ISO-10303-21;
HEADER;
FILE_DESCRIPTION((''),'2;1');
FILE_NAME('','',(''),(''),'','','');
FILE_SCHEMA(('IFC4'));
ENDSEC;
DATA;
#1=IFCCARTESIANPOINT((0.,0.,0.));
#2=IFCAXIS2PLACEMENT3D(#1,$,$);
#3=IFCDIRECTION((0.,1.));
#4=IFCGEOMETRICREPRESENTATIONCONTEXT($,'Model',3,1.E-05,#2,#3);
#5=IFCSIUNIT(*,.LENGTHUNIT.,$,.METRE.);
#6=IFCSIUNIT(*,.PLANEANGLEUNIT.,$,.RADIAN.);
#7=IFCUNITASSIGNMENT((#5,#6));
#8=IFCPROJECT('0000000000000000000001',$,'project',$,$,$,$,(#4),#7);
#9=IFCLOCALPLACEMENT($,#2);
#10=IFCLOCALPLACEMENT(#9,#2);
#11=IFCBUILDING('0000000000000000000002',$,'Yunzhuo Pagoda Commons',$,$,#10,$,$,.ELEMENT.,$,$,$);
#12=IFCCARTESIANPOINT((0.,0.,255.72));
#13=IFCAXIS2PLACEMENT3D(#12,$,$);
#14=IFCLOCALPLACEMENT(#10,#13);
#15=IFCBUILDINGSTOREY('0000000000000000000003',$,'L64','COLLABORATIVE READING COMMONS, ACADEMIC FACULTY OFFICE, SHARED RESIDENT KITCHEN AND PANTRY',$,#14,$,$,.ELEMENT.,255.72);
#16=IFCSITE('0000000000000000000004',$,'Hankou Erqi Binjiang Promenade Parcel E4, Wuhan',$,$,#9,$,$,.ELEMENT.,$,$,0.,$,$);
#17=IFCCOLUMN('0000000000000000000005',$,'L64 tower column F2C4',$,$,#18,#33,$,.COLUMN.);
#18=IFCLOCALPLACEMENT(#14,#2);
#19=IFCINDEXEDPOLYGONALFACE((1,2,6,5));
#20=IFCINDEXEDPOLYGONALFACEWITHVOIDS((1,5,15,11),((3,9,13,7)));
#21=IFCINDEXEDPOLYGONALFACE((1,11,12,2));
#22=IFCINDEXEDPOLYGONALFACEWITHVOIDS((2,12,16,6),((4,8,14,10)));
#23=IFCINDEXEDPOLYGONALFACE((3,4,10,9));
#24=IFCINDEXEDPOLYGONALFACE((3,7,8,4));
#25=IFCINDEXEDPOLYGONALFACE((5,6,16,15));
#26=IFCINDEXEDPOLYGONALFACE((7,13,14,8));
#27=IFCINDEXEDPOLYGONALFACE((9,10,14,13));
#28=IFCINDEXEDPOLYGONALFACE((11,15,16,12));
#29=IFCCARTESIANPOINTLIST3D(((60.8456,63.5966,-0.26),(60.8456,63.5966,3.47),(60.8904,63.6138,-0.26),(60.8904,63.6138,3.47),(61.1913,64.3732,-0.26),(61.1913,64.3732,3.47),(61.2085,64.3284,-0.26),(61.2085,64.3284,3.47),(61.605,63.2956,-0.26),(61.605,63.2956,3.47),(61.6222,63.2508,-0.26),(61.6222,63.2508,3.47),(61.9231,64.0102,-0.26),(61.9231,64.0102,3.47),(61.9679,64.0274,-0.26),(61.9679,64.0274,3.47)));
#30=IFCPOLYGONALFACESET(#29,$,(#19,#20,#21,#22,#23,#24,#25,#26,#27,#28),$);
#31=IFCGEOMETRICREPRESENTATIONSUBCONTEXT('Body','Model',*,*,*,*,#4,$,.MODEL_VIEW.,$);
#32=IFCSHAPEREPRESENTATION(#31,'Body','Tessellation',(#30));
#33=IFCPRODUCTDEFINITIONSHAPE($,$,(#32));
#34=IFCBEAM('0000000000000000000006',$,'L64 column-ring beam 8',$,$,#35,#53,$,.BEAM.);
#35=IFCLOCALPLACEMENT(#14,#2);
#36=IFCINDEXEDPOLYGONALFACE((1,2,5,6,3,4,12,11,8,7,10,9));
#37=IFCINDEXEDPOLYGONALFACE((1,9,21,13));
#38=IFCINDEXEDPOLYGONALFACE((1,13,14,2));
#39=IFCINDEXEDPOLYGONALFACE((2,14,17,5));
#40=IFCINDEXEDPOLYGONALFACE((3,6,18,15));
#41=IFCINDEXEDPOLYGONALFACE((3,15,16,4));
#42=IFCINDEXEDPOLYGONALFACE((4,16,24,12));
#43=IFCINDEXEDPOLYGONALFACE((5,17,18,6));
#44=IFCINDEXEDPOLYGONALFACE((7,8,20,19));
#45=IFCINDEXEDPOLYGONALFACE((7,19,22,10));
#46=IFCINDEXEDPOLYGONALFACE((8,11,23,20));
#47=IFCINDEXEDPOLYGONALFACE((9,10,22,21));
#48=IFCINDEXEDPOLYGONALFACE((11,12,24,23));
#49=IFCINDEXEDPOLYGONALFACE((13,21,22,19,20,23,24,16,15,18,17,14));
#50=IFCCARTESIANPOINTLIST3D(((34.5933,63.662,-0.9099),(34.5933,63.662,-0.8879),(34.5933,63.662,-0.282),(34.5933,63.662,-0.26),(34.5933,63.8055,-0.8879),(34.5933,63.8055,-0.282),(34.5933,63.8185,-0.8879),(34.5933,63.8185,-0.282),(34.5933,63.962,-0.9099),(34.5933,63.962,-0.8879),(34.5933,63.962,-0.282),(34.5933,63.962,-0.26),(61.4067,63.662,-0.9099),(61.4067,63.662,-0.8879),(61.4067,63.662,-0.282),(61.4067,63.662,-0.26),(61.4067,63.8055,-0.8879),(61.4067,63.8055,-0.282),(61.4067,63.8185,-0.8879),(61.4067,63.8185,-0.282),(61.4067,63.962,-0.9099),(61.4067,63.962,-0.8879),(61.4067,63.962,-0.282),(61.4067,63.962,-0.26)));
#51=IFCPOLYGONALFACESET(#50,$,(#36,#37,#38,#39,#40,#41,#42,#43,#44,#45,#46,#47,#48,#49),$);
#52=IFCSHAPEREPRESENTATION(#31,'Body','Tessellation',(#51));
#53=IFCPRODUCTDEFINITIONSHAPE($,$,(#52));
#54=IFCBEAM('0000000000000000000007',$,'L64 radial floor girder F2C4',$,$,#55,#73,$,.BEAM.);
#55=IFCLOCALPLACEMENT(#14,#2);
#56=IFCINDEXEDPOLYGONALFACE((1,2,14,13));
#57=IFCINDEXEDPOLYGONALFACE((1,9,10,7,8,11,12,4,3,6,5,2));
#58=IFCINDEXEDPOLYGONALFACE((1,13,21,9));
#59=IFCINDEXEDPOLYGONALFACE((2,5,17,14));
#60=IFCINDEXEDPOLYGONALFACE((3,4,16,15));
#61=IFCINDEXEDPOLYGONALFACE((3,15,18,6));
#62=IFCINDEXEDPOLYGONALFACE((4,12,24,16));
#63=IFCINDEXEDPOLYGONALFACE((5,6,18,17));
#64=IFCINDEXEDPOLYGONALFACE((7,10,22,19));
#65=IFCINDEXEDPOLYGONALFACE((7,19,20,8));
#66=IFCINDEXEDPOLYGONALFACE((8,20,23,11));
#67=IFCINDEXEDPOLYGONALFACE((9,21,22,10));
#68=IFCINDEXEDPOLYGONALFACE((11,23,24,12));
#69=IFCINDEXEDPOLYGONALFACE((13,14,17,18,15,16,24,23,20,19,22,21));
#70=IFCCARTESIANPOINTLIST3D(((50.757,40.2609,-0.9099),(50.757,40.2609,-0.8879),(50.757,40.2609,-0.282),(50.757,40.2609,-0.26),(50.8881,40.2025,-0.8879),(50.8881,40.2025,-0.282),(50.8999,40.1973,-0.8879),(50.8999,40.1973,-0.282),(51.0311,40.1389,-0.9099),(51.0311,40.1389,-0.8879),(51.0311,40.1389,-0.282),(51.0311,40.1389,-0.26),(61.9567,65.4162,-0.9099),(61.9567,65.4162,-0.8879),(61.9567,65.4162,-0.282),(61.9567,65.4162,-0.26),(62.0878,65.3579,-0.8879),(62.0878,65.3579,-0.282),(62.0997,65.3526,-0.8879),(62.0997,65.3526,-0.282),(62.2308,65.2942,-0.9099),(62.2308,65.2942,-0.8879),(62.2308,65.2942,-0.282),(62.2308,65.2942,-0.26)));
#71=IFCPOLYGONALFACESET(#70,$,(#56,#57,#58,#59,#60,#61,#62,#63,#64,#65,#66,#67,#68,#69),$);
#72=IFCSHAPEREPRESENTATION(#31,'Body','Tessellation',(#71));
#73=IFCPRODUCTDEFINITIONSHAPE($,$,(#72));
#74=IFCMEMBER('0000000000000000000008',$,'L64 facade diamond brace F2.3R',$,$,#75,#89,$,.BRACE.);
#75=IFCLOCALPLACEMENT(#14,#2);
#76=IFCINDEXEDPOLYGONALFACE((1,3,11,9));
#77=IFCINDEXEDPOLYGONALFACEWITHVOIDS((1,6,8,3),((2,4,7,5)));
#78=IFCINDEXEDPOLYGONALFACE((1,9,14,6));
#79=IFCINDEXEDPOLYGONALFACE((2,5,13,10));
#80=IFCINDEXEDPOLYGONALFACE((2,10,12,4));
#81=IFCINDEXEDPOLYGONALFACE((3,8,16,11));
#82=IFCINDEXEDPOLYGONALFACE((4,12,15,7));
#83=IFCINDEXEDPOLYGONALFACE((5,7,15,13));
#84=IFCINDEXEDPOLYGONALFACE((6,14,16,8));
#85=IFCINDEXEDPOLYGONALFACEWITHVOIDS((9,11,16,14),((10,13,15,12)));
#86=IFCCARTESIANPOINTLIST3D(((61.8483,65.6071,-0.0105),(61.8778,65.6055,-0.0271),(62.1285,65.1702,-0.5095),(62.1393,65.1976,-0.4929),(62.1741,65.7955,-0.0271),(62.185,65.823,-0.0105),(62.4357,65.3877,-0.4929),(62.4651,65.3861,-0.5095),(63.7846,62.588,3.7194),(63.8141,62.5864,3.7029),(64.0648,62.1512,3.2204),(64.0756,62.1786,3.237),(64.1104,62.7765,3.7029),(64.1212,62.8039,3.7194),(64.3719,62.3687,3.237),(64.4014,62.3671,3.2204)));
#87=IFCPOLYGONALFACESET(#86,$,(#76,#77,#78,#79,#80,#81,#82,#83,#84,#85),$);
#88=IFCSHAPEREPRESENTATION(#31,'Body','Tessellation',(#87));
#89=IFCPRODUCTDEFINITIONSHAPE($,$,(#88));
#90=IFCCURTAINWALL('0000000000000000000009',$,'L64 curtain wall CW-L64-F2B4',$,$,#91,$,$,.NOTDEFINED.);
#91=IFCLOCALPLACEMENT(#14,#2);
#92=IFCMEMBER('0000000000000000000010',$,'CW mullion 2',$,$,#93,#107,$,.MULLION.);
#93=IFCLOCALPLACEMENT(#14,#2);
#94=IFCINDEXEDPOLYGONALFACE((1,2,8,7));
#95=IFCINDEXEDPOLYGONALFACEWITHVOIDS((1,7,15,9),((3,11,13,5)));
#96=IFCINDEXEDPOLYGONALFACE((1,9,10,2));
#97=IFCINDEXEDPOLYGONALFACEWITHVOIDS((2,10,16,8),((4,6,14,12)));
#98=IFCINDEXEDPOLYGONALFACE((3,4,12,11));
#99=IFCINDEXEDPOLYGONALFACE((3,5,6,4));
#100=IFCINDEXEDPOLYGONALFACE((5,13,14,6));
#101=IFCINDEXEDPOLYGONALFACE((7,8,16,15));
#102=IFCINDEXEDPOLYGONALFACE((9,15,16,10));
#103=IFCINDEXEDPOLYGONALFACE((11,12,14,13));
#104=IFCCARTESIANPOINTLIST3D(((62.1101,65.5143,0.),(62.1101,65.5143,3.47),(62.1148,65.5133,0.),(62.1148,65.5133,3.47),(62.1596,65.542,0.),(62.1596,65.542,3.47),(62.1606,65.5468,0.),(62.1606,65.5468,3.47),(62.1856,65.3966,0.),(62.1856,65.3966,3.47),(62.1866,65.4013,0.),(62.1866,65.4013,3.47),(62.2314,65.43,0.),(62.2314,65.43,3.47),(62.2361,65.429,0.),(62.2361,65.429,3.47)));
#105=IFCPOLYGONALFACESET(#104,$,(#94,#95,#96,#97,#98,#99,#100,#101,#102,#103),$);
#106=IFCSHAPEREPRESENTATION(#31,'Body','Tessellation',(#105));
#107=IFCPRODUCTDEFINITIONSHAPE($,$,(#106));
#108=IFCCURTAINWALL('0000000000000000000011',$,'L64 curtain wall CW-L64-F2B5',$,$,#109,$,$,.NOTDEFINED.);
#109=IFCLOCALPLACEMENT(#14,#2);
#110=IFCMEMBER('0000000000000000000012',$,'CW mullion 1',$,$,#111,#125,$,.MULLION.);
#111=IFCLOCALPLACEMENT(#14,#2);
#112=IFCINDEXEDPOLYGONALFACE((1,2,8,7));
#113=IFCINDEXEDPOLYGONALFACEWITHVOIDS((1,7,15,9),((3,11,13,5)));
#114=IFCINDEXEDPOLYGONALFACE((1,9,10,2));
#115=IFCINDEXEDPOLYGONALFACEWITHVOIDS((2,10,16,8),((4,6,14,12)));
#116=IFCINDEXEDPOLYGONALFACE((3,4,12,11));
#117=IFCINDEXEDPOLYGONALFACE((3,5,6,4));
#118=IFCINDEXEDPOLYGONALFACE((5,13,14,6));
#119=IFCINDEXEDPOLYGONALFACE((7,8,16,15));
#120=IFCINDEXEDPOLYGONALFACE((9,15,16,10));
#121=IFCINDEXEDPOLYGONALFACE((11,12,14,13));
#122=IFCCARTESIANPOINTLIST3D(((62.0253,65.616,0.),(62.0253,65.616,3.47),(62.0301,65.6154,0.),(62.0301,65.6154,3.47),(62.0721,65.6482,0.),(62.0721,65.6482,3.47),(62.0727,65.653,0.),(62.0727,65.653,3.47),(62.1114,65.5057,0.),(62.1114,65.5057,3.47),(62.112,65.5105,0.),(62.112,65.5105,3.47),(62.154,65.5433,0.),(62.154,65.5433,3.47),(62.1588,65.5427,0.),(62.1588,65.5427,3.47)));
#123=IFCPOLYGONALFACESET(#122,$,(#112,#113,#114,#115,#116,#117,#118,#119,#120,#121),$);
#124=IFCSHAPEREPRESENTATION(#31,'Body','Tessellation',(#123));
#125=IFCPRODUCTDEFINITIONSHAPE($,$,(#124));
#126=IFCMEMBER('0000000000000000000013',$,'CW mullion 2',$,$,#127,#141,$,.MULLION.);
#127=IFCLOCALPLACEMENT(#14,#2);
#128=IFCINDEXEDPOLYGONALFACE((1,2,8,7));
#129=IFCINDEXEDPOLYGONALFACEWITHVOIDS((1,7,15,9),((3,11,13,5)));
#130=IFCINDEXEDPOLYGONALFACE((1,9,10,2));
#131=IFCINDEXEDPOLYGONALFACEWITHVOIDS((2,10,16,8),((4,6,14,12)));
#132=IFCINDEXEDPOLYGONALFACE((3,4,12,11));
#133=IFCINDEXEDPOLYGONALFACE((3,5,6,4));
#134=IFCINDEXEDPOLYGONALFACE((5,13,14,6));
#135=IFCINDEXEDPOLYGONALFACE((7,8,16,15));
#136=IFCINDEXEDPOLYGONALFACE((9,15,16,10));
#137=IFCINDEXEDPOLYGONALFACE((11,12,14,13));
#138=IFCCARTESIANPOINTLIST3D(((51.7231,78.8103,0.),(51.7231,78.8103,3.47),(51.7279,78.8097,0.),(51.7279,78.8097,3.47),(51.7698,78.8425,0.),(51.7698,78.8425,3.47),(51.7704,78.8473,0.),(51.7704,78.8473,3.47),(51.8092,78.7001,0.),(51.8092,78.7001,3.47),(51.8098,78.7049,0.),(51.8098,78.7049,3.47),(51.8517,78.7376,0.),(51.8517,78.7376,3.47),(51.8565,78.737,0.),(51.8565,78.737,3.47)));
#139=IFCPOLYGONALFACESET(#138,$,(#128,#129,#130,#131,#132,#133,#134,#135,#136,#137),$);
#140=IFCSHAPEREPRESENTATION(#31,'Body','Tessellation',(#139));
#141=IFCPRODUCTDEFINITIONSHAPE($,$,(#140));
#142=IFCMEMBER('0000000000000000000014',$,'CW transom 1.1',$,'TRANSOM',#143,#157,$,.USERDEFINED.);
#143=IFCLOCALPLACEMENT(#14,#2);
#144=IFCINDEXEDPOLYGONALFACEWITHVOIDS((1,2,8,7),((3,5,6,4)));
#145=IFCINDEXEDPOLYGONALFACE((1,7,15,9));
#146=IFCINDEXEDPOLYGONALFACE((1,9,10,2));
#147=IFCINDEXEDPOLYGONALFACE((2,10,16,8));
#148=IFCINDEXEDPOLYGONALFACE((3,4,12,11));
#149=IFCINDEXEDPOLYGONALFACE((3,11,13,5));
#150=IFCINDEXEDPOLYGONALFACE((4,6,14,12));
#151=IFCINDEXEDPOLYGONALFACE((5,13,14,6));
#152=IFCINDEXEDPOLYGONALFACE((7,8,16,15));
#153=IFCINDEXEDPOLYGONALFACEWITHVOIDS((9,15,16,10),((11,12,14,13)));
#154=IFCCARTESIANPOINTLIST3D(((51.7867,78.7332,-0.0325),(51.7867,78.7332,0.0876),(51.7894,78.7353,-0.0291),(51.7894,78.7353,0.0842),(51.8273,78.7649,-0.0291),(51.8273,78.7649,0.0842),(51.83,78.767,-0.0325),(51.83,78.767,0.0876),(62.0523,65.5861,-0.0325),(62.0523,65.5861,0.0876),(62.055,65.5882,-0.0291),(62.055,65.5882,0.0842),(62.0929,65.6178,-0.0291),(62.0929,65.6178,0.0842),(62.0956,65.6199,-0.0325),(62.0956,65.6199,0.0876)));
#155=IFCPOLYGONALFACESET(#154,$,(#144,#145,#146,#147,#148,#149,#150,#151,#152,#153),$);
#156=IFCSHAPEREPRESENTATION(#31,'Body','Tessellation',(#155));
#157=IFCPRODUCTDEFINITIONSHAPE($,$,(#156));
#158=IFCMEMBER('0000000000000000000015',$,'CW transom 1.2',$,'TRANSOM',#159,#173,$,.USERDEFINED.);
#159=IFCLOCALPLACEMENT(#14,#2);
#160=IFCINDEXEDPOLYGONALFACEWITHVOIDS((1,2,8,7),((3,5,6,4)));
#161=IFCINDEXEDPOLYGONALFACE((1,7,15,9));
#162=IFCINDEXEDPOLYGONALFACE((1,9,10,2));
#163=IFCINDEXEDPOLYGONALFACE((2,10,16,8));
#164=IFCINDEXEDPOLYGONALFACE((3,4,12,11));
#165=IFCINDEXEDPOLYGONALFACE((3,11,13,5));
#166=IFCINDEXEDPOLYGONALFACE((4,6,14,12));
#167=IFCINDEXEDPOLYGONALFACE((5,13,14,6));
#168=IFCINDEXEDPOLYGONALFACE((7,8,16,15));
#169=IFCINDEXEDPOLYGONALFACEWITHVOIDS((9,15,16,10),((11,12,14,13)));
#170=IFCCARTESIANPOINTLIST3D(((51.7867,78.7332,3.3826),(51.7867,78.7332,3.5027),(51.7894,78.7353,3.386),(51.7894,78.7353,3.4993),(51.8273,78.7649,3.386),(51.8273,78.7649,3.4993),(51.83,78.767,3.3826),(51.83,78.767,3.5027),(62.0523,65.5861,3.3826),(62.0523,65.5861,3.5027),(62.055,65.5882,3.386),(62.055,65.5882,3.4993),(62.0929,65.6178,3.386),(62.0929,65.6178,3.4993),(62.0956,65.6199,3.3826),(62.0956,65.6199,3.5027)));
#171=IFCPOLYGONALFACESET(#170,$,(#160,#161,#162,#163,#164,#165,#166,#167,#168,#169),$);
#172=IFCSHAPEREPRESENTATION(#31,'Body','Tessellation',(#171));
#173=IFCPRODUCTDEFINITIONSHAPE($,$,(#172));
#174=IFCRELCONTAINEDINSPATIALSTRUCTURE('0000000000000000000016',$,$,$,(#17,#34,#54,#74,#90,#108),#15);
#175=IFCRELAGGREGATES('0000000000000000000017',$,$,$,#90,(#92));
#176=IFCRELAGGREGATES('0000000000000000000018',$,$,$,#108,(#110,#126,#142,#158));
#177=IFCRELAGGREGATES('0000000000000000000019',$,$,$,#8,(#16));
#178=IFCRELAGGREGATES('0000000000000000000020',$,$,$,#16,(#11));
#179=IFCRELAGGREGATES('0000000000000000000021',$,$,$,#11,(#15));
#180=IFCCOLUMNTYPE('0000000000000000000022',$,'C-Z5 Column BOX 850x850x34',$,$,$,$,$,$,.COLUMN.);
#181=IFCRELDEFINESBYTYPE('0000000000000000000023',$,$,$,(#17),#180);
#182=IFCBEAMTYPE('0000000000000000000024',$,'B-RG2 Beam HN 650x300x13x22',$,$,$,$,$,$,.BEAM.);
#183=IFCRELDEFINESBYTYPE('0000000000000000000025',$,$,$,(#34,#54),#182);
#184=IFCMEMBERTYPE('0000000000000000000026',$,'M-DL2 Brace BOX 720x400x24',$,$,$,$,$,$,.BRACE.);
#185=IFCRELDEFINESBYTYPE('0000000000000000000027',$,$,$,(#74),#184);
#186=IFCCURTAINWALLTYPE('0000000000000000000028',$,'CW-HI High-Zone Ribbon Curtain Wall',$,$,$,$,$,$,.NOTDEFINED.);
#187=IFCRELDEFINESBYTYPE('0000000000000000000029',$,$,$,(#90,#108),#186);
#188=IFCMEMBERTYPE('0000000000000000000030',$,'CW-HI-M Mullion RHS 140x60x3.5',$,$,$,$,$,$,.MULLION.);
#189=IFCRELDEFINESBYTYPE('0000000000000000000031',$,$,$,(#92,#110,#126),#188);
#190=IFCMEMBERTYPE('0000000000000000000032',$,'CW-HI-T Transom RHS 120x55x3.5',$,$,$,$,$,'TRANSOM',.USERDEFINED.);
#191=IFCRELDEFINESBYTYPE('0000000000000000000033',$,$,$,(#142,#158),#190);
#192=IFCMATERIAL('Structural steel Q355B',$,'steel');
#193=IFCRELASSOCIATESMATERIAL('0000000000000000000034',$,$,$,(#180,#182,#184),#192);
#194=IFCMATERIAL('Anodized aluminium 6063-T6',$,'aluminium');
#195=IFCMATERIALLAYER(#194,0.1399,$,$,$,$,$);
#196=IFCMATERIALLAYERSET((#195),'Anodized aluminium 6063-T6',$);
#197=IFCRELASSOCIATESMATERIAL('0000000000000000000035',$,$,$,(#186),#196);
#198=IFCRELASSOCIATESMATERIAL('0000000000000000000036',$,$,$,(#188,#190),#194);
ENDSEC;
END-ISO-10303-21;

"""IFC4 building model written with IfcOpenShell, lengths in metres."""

from ifc_helpers import new_model, si_unit, direction, frame, origin, origin_2d, place, context, subcontext, project, spatial, hollow_rectangle, i_section, extrude, source, transform, mapped, material, layer, layer_set, material_profile, profile_set, type_object, element, aggregate, save


model = new_model("IFC4")

# Units and contexts
model_context = context("Model", 3, precision=1e-05, world=origin(), true_north=direction((0.0, 1.0)))
body_context = subcontext(model_context, "Body", "Model", "MODEL_VIEW")
ifc_project = project(units=[si_unit("LENGTHUNIT", "METRE"), si_unit("PLANEANGLEUNIT", "RADIAN")], contexts=[model_context])

# Site, building, storey
site_placement = place(None, origin())
site = spatial("IfcSite", under=ifc_project, at=site_placement, Name="Hankou Erqi Binjiang Promenade Parcel E4, Wuhan", CompositionType="ELEMENT", RefElevation=0.0)
building_placement = place(site_placement, origin())
building = spatial("IfcBuilding", under=site, at=building_placement, Name="Yunzhuo Pagoda Commons", CompositionType="ELEMENT")
storey_placement = place(building_placement, frame((0.0, 0.0, 255.72)))
storey = spatial("IfcBuildingStorey", under=building, at=storey_placement, Name="L64", Description="COLLABORATIVE READING COMMONS, ACADEMIC FACULTY OFFICE, SHARED RESIDENT KITCHEN AND PANTRY", CompositionType="ELEMENT", Elevation=255.72)

# Column
ifc_material_1 = material(Name="Structural steel Q355B", Category="steel")
ifc_material_profile_1 = material_profile(ifc_material_1, hollow_rectangle(XDim=0.8501, YDim=0.8501, WallThickness=0.0339, at=origin_2d()), Name="Structural steel Q355B")
ifc_profile_set_1 = profile_set([ifc_material_profile_1], Name="Structural steel Q355B")
column_type = type_object("IfcColumnType", Name="C-Z5 Column BOX 850x850x34", PredefinedType="COLUMN", material=ifc_profile_set_1)
shared_shape_1 = source(origin(), body_context, "Body", "SweptSolid", [
    extrude(hollow_rectangle(XDim=0.8501, YDim=0.8501, WallThickness=0.0339, at=origin_2d()), origin(), (0.0, 0.0, 1.0), 3.73),
])
column_placement = place(storey_placement, frame((61.4067, 63.812, -0.26), z_axis=(0.0, 0.0, 1.0), x_axis=(-0.913545, 0.406737, 0.0)))
element("IfcColumn", 1, at=column_placement, inside=storey, type_object=column_type, Name="L64 tower column F2C4", PredefinedType="COLUMN", context=body_context, shape_type="MappedRepresentation", body=[
    mapped(shared_shape_1, transform((0.0, 0.0, 0.0), scale=1.0)),
])

# Beams
ifc_material_profile_2 = material_profile(ifc_material_1, i_section(OverallWidth=0.3, OverallDepth=0.6499, WebThickness=0.0129, FlangeThickness=0.022, at=origin_2d()), Name="Structural steel Q355B")
ifc_profile_set_2 = profile_set([ifc_material_profile_2], Name="Structural steel Q355B")
beam_type = type_object("IfcBeamType", Name="B-RG2 Beam HN 650x300x13x22", PredefinedType="BEAM", material=ifc_profile_set_2)
shared_shape_2 = source(origin(), body_context, "Body", "SweptSolid", [
    extrude(i_section(OverallWidth=0.3, OverallDepth=0.6499, WebThickness=0.0129, FlangeThickness=0.022, at=origin_2d()), origin(), (0.0, 0.0, 1.0), 26.8135),
])
beam_1_placement = place(storey_placement, frame((61.4067, 63.812, -0.585), z_axis=(-1.0, 0.0, 0.0), x_axis=(0.0, -1.0, 0.0)))
element("IfcBeam", 2, at=beam_1_placement, inside=storey, type_object=beam_type, Name="L64 column-ring beam 8", PredefinedType="BEAM", context=body_context, shape_type="MappedRepresentation", body=[
    mapped(shared_shape_2, transform((0.0, 0.0, 0.0), scale=1.0)),
])
shared_shape_3 = source(origin(), body_context, "Body", "SweptSolid", [
    extrude(i_section(OverallWidth=0.3, OverallDepth=0.6499, WebThickness=0.0129, FlangeThickness=0.022, at=origin_2d()), origin(), (0.0, 0.0, 1.0), 27.5359),
])
beam_2_placement = place(storey_placement, frame((62.0938, 65.3552, -0.585), z_axis=(-0.406732, -0.913547, 0.0), x_axis=(0.913547, -0.406732, 0.0)))
element("IfcBeam", 3, at=beam_2_placement, inside=storey, type_object=beam_type, Name="L64 radial floor girder F2C4", PredefinedType="BEAM", context=body_context, shape_type="MappedRepresentation", body=[
    mapped(shared_shape_3, transform((0.0, 0.0, 0.0), scale=1.0)),
])

# Member
ifc_material_profile_3 = material_profile(ifc_material_1, hollow_rectangle(XDim=0.3999, YDim=0.72, WallThickness=0.0239, at=origin_2d()), Name="Structural steel Q355B")
ifc_profile_set_3 = profile_set([ifc_material_profile_3], Name="Structural steel Q355B")
member_type_1 = type_object("IfcMemberType", Name="M-DL2 Brace BOX 720x400x24", PredefinedType="BRACE", material=ifc_profile_set_3)
shared_shape_4 = source(origin(), body_context, "Body", "SweptSolid", [
    extrude(hollow_rectangle(XDim=0.3999, YDim=0.72, WallThickness=0.0239, at=origin_2d()), origin(), (0.0, 0.0, 1.0), 5.1746),
])
member_1_placement = place(storey_placement, frame((62.1567, 65.4966, -0.26), z_axis=(0.374189, -0.583434, 0.720824), x_axis=(0.841753, 0.539863, 0.0)))
element("IfcMember", 4, at=member_1_placement, inside=storey, type_object=member_type_1, Name="L64 facade diamond brace F2.3R", PredefinedType="BRACE", context=body_context, shape_type="MappedRepresentation", body=[
    mapped(shared_shape_4, transform((0.0, 0.0, 0.0), scale=1.0)),
])

# Curtain wall, member
ifc_material_2 = material(Name="Anodized aluminium 6063-T6", Category="aluminium")
ifc_layer_1 = layer(ifc_material_2, 0.1399)
ifc_layer_set_1 = layer_set([ifc_layer_1], Name="Anodized aluminium 6063-T6")
curtain_wall_type = type_object("IfcCurtainWallType", Name="CW-HI High-Zone Ribbon Curtain Wall", PredefinedType="NOTDEFINED", material=ifc_layer_set_1)
curtain_wall_1_placement = place(storey_placement, origin())
curtain_wall_1 = element("IfcCurtainWall", 5, at=curtain_wall_1_placement, inside=storey, type_object=curtain_wall_type, Name="L64 curtain wall CW-L64-F2B4", PredefinedType="NOTDEFINED")
ifc_material_profile_4 = material_profile(ifc_material_2, hollow_rectangle(XDim=0.0601, YDim=0.1399, WallThickness=0.0034, at=origin_2d()), Name="Anodized aluminium 6063-T6")
ifc_profile_set_4 = profile_set([ifc_material_profile_4], Name="Anodized aluminium 6063-T6")
member_type_2 = type_object("IfcMemberType", Name="CW-HI-M Mullion RHS 140x60x3.5", PredefinedType="MULLION", material=ifc_profile_set_4)
shared_shape_5 = source(origin(), body_context, "Body", "SweptSolid", [
    extrude(hollow_rectangle(XDim=0.0601, YDim=0.1399, WallThickness=0.0034, at=origin_2d()), origin(), (0.0, 0.0, 1.0), 3.47),
])
member_2_placement = place(storey_placement, frame((62.1731, 65.4717, 0.0), z_axis=(0.0, 0.0, 1.0), x_axis=(-0.84175, -0.539867, 0.0)))
member_2 = element("IfcMember", 6, at=member_2_placement, type_object=member_type_2, Name="CW mullion 2", PredefinedType="MULLION", context=body_context, shape_type="MappedRepresentation", body=[
    mapped(shared_shape_5, transform((0.0, 0.0, 0.0), scale=1.0)),
])

# Curtain wall, members
curtain_wall_2_placement = place(storey_placement, origin())
curtain_wall_2 = element("IfcCurtainWall", 7, at=curtain_wall_2_placement, inside=storey, type_object=curtain_wall_type, Name="L64 curtain wall CW-L64-F2B5", PredefinedType="NOTDEFINED")
member_3_placement = place(storey_placement, frame((62.092, 65.5793, 0.0), z_axis=(0.0, 0.0, 1.0), x_axis=(-0.78819, -0.615433, 0.0)))
member_3 = element("IfcMember", 8, at=member_3_placement, type_object=member_type_2, Name="CW mullion 1", PredefinedType="MULLION", context=body_context, shape_type="MappedRepresentation", body=[
    mapped(shared_shape_5, transform((0.0, 0.0, 0.0), scale=1.0)),
])
member_4_placement = place(storey_placement, frame((51.7898, 78.7737, 0.0), z_axis=(0.0, 0.0, 1.0), x_axis=(-0.78819, -0.615433, 0.0)))
member_4 = element("IfcMember", 9, at=member_4_placement, type_object=member_type_2, Name="CW mullion 2", PredefinedType="MULLION", context=body_context, shape_type="MappedRepresentation", body=[
    mapped(shared_shape_5, transform((0.0, 0.0, 0.0), scale=1.0)),
])
ifc_material_profile_5 = material_profile(ifc_material_2, hollow_rectangle(XDim=0.0549, YDim=0.1201, WallThickness=0.0034, at=origin_2d()), Name="Anodized aluminium 6063-T6")
ifc_profile_set_5 = profile_set([ifc_material_profile_5], Name="Anodized aluminium 6063-T6")
member_type_3 = type_object("IfcMemberType", Name="CW-HI-T Transom RHS 120x55x3.5", ElementType="TRANSOM", PredefinedType="USERDEFINED", material=ifc_profile_set_5)
shared_shape_6 = source(origin(), body_context, "Body", "SweptSolid", [
    extrude(hollow_rectangle(XDim=0.0549, YDim=0.1201, WallThickness=0.0034, at=origin_2d()), origin(), (0.0, 0.0, 1.0), 16.6802),
])
member_5_placement = place(storey_placement, frame((62.074, 65.603, 0.0276), z_axis=(-0.615441, 0.788183, 0.0), x_axis=(-0.788183, -0.615441, 0.0)))
member_5 = element("IfcMember", 10, at=member_5_placement, type_object=member_type_3, Name="CW transom 1.1", ObjectType="TRANSOM", PredefinedType="USERDEFINED", context=body_context, shape_type="MappedRepresentation", body=[
    mapped(shared_shape_6, transform((0.0, 0.0, 0.0), scale=1.0)),
])
member_6_placement = place(storey_placement, frame((62.074, 65.603, 3.4426), z_axis=(-0.615441, 0.788183, 0.0), x_axis=(-0.788183, -0.615441, 0.0)))
member_6 = element("IfcMember", 11, at=member_6_placement, type_object=member_type_3, Name="CW transom 1.2", ObjectType="TRANSOM", PredefinedType="USERDEFINED", context=body_context, shape_type="MappedRepresentation", body=[
    mapped(shared_shape_6, transform((0.0, 0.0, 0.0), scale=1.0)),
])

aggregate(curtain_wall_1, [member_2])

aggregate(curtain_wall_2, [member_3, member_4, member_5, member_6])

save(model, "model.ifc")
